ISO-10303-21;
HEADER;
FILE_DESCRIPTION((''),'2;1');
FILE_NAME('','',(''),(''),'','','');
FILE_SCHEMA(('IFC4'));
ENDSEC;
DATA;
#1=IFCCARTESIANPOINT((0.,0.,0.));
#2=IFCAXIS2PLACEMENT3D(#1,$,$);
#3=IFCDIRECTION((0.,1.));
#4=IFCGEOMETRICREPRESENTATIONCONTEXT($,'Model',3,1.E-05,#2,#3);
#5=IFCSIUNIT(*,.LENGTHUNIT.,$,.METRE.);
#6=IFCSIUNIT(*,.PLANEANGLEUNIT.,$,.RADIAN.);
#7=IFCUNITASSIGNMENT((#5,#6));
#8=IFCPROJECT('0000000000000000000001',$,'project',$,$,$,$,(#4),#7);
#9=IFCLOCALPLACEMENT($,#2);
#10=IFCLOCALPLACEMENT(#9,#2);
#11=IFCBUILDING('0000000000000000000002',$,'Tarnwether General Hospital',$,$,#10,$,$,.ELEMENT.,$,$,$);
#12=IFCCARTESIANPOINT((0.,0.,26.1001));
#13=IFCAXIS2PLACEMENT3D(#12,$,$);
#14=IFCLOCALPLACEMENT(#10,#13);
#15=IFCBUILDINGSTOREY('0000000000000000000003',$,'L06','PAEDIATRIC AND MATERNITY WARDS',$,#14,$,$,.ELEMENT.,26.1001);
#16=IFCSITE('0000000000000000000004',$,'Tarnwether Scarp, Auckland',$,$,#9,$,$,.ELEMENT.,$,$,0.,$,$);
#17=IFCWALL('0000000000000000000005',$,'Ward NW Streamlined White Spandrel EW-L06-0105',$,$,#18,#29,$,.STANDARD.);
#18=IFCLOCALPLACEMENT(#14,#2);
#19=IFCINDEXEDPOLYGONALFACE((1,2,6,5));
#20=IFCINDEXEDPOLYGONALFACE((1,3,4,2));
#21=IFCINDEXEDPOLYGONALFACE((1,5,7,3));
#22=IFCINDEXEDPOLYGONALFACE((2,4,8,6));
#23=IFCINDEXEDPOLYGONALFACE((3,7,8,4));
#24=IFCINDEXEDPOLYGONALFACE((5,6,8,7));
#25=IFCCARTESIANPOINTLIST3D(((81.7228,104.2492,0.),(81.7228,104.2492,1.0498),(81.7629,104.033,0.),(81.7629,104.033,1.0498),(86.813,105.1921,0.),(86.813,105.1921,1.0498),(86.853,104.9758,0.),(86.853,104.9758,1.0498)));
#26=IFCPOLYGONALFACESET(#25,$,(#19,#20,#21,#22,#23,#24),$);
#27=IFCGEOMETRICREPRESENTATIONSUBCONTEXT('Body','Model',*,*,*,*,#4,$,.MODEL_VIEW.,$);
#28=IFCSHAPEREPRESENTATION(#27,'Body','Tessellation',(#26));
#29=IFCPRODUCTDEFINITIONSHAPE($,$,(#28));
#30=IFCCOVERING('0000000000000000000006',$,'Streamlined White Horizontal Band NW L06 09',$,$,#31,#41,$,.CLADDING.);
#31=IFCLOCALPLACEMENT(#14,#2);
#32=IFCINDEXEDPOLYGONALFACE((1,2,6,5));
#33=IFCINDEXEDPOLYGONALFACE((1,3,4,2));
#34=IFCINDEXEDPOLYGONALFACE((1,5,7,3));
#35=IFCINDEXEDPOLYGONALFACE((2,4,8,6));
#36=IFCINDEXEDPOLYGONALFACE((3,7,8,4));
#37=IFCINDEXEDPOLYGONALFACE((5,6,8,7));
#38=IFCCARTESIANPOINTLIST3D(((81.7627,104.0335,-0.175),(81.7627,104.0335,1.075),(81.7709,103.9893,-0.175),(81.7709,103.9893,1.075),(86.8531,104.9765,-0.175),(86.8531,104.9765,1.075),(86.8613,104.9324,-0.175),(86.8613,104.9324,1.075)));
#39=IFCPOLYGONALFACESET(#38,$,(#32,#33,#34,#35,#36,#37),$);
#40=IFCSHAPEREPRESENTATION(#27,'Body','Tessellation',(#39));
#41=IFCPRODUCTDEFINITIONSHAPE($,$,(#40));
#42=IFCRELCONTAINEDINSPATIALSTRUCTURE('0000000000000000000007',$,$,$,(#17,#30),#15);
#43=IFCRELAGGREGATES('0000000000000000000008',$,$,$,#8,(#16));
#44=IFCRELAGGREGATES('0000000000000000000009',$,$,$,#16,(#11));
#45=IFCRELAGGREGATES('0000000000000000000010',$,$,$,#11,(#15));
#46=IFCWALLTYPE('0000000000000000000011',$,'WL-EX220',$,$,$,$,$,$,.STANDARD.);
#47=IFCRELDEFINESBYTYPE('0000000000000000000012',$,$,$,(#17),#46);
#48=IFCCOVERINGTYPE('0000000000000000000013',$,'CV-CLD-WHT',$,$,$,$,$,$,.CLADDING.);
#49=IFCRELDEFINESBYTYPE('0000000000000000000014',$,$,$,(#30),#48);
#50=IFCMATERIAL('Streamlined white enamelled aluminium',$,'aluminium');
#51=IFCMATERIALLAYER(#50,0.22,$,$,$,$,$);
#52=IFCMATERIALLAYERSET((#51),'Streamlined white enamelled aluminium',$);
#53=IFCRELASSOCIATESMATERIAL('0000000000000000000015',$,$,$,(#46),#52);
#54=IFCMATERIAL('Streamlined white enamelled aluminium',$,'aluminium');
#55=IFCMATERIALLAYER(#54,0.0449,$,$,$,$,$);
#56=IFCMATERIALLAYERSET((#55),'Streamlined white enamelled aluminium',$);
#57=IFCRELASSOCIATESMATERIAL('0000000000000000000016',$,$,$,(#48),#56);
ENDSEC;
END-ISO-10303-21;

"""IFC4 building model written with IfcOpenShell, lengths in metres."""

from ifc_helpers import new_model, si_unit, direction, frame, frame_2d, origin, origin_2d, place, context, subcontext, project, spatial, rectangle, extrude, material, layer, layer_set, type_object, element, save


model = new_model("IFC4")

# Units and contexts
model_context = context("Model", 3, precision=1e-05, world=origin(), true_north=direction((0.0, 1.0)))
body_context = subcontext(model_context, "Body", "Model", "MODEL_VIEW")
ifc_project = project(units=[si_unit("LENGTHUNIT", "METRE"), si_unit("PLANEANGLEUNIT", "RADIAN")], contexts=[model_context])

# Site, building, storey
site_placement = place(None, origin())
site = spatial("IfcSite", under=ifc_project, at=site_placement, Name="Tarnwether Scarp, Auckland", CompositionType="ELEMENT", RefElevation=0.0)
building_placement = place(site_placement, origin())
building = spatial("IfcBuilding", under=site, at=building_placement, Name="Tarnwether General Hospital", CompositionType="ELEMENT")
storey_placement = place(building_placement, frame((0.0, 0.0, 26.1001)))
storey = spatial("IfcBuildingStorey", under=building, at=storey_placement, Name="L06", Description="PAEDIATRIC AND MATERNITY WARDS", CompositionType="ELEMENT", Elevation=26.1001)

# Wall
ifc_material_1 = material(Name="Streamlined white enamelled aluminium", Category="aluminium")
ifc_layer_1 = layer(ifc_material_1, 0.22)
ifc_layer_set_1 = layer_set([ifc_layer_1], Name="Streamlined white enamelled aluminium")
wall_type = type_object("IfcWallType", Name="WL-EX220", PredefinedType="STANDARD", material=ifc_layer_set_1)
wall_1_placement = place(storey_placement, frame((86.833, 105.084, 0.0), z_axis=(0.0, 0.0, 1.0), x_axis=(-0.983273, -0.182138, 0.0)))
element("IfcWall", 1, at=wall_1_placement, inside=storey, type_object=wall_type, Name="Ward NW Streamlined White Spandrel EW-L06-0105", PredefinedType="STANDARD", context=body_context, shape_type="SweptSolid", body=[
    extrude(rectangle(XDim=5.1768, YDim=0.22, at=frame_2d((2.5884, 0.0))), origin(), (0.0, 0.0, 1.0), 1.0498),
])

# Covering
ifc_material_2 = material(Name="Streamlined white enamelled aluminium", Category="aluminium")
ifc_layer_2 = layer(ifc_material_2, 0.0449)
ifc_layer_set_2 = layer_set([ifc_layer_2], Name="Streamlined white enamelled aluminium")
covering_type = type_object("IfcCoveringType", Name="CV-CLD-WHT", PredefinedType="CLADDING", material=ifc_layer_set_2)
covering_placement = place(storey_placement, frame((84.312, 104.4829, -0.175), z_axis=(0.0, 0.0, 1.0), x_axis=(-0.983268, -0.182167, 0.0)))
element("IfcCovering", 2, at=covering_placement, inside=storey, type_object=covering_type, Name="Streamlined White Horizontal Band NW L06 09", PredefinedType="CLADDING", context=body_context, shape_type="SweptSolid", body=[
    extrude(rectangle(XDim=5.177, YDim=0.0449, at=origin_2d()), origin(), (0.0, 0.0, 1.0), 1.25),
])

save(model, "model.ifc")
